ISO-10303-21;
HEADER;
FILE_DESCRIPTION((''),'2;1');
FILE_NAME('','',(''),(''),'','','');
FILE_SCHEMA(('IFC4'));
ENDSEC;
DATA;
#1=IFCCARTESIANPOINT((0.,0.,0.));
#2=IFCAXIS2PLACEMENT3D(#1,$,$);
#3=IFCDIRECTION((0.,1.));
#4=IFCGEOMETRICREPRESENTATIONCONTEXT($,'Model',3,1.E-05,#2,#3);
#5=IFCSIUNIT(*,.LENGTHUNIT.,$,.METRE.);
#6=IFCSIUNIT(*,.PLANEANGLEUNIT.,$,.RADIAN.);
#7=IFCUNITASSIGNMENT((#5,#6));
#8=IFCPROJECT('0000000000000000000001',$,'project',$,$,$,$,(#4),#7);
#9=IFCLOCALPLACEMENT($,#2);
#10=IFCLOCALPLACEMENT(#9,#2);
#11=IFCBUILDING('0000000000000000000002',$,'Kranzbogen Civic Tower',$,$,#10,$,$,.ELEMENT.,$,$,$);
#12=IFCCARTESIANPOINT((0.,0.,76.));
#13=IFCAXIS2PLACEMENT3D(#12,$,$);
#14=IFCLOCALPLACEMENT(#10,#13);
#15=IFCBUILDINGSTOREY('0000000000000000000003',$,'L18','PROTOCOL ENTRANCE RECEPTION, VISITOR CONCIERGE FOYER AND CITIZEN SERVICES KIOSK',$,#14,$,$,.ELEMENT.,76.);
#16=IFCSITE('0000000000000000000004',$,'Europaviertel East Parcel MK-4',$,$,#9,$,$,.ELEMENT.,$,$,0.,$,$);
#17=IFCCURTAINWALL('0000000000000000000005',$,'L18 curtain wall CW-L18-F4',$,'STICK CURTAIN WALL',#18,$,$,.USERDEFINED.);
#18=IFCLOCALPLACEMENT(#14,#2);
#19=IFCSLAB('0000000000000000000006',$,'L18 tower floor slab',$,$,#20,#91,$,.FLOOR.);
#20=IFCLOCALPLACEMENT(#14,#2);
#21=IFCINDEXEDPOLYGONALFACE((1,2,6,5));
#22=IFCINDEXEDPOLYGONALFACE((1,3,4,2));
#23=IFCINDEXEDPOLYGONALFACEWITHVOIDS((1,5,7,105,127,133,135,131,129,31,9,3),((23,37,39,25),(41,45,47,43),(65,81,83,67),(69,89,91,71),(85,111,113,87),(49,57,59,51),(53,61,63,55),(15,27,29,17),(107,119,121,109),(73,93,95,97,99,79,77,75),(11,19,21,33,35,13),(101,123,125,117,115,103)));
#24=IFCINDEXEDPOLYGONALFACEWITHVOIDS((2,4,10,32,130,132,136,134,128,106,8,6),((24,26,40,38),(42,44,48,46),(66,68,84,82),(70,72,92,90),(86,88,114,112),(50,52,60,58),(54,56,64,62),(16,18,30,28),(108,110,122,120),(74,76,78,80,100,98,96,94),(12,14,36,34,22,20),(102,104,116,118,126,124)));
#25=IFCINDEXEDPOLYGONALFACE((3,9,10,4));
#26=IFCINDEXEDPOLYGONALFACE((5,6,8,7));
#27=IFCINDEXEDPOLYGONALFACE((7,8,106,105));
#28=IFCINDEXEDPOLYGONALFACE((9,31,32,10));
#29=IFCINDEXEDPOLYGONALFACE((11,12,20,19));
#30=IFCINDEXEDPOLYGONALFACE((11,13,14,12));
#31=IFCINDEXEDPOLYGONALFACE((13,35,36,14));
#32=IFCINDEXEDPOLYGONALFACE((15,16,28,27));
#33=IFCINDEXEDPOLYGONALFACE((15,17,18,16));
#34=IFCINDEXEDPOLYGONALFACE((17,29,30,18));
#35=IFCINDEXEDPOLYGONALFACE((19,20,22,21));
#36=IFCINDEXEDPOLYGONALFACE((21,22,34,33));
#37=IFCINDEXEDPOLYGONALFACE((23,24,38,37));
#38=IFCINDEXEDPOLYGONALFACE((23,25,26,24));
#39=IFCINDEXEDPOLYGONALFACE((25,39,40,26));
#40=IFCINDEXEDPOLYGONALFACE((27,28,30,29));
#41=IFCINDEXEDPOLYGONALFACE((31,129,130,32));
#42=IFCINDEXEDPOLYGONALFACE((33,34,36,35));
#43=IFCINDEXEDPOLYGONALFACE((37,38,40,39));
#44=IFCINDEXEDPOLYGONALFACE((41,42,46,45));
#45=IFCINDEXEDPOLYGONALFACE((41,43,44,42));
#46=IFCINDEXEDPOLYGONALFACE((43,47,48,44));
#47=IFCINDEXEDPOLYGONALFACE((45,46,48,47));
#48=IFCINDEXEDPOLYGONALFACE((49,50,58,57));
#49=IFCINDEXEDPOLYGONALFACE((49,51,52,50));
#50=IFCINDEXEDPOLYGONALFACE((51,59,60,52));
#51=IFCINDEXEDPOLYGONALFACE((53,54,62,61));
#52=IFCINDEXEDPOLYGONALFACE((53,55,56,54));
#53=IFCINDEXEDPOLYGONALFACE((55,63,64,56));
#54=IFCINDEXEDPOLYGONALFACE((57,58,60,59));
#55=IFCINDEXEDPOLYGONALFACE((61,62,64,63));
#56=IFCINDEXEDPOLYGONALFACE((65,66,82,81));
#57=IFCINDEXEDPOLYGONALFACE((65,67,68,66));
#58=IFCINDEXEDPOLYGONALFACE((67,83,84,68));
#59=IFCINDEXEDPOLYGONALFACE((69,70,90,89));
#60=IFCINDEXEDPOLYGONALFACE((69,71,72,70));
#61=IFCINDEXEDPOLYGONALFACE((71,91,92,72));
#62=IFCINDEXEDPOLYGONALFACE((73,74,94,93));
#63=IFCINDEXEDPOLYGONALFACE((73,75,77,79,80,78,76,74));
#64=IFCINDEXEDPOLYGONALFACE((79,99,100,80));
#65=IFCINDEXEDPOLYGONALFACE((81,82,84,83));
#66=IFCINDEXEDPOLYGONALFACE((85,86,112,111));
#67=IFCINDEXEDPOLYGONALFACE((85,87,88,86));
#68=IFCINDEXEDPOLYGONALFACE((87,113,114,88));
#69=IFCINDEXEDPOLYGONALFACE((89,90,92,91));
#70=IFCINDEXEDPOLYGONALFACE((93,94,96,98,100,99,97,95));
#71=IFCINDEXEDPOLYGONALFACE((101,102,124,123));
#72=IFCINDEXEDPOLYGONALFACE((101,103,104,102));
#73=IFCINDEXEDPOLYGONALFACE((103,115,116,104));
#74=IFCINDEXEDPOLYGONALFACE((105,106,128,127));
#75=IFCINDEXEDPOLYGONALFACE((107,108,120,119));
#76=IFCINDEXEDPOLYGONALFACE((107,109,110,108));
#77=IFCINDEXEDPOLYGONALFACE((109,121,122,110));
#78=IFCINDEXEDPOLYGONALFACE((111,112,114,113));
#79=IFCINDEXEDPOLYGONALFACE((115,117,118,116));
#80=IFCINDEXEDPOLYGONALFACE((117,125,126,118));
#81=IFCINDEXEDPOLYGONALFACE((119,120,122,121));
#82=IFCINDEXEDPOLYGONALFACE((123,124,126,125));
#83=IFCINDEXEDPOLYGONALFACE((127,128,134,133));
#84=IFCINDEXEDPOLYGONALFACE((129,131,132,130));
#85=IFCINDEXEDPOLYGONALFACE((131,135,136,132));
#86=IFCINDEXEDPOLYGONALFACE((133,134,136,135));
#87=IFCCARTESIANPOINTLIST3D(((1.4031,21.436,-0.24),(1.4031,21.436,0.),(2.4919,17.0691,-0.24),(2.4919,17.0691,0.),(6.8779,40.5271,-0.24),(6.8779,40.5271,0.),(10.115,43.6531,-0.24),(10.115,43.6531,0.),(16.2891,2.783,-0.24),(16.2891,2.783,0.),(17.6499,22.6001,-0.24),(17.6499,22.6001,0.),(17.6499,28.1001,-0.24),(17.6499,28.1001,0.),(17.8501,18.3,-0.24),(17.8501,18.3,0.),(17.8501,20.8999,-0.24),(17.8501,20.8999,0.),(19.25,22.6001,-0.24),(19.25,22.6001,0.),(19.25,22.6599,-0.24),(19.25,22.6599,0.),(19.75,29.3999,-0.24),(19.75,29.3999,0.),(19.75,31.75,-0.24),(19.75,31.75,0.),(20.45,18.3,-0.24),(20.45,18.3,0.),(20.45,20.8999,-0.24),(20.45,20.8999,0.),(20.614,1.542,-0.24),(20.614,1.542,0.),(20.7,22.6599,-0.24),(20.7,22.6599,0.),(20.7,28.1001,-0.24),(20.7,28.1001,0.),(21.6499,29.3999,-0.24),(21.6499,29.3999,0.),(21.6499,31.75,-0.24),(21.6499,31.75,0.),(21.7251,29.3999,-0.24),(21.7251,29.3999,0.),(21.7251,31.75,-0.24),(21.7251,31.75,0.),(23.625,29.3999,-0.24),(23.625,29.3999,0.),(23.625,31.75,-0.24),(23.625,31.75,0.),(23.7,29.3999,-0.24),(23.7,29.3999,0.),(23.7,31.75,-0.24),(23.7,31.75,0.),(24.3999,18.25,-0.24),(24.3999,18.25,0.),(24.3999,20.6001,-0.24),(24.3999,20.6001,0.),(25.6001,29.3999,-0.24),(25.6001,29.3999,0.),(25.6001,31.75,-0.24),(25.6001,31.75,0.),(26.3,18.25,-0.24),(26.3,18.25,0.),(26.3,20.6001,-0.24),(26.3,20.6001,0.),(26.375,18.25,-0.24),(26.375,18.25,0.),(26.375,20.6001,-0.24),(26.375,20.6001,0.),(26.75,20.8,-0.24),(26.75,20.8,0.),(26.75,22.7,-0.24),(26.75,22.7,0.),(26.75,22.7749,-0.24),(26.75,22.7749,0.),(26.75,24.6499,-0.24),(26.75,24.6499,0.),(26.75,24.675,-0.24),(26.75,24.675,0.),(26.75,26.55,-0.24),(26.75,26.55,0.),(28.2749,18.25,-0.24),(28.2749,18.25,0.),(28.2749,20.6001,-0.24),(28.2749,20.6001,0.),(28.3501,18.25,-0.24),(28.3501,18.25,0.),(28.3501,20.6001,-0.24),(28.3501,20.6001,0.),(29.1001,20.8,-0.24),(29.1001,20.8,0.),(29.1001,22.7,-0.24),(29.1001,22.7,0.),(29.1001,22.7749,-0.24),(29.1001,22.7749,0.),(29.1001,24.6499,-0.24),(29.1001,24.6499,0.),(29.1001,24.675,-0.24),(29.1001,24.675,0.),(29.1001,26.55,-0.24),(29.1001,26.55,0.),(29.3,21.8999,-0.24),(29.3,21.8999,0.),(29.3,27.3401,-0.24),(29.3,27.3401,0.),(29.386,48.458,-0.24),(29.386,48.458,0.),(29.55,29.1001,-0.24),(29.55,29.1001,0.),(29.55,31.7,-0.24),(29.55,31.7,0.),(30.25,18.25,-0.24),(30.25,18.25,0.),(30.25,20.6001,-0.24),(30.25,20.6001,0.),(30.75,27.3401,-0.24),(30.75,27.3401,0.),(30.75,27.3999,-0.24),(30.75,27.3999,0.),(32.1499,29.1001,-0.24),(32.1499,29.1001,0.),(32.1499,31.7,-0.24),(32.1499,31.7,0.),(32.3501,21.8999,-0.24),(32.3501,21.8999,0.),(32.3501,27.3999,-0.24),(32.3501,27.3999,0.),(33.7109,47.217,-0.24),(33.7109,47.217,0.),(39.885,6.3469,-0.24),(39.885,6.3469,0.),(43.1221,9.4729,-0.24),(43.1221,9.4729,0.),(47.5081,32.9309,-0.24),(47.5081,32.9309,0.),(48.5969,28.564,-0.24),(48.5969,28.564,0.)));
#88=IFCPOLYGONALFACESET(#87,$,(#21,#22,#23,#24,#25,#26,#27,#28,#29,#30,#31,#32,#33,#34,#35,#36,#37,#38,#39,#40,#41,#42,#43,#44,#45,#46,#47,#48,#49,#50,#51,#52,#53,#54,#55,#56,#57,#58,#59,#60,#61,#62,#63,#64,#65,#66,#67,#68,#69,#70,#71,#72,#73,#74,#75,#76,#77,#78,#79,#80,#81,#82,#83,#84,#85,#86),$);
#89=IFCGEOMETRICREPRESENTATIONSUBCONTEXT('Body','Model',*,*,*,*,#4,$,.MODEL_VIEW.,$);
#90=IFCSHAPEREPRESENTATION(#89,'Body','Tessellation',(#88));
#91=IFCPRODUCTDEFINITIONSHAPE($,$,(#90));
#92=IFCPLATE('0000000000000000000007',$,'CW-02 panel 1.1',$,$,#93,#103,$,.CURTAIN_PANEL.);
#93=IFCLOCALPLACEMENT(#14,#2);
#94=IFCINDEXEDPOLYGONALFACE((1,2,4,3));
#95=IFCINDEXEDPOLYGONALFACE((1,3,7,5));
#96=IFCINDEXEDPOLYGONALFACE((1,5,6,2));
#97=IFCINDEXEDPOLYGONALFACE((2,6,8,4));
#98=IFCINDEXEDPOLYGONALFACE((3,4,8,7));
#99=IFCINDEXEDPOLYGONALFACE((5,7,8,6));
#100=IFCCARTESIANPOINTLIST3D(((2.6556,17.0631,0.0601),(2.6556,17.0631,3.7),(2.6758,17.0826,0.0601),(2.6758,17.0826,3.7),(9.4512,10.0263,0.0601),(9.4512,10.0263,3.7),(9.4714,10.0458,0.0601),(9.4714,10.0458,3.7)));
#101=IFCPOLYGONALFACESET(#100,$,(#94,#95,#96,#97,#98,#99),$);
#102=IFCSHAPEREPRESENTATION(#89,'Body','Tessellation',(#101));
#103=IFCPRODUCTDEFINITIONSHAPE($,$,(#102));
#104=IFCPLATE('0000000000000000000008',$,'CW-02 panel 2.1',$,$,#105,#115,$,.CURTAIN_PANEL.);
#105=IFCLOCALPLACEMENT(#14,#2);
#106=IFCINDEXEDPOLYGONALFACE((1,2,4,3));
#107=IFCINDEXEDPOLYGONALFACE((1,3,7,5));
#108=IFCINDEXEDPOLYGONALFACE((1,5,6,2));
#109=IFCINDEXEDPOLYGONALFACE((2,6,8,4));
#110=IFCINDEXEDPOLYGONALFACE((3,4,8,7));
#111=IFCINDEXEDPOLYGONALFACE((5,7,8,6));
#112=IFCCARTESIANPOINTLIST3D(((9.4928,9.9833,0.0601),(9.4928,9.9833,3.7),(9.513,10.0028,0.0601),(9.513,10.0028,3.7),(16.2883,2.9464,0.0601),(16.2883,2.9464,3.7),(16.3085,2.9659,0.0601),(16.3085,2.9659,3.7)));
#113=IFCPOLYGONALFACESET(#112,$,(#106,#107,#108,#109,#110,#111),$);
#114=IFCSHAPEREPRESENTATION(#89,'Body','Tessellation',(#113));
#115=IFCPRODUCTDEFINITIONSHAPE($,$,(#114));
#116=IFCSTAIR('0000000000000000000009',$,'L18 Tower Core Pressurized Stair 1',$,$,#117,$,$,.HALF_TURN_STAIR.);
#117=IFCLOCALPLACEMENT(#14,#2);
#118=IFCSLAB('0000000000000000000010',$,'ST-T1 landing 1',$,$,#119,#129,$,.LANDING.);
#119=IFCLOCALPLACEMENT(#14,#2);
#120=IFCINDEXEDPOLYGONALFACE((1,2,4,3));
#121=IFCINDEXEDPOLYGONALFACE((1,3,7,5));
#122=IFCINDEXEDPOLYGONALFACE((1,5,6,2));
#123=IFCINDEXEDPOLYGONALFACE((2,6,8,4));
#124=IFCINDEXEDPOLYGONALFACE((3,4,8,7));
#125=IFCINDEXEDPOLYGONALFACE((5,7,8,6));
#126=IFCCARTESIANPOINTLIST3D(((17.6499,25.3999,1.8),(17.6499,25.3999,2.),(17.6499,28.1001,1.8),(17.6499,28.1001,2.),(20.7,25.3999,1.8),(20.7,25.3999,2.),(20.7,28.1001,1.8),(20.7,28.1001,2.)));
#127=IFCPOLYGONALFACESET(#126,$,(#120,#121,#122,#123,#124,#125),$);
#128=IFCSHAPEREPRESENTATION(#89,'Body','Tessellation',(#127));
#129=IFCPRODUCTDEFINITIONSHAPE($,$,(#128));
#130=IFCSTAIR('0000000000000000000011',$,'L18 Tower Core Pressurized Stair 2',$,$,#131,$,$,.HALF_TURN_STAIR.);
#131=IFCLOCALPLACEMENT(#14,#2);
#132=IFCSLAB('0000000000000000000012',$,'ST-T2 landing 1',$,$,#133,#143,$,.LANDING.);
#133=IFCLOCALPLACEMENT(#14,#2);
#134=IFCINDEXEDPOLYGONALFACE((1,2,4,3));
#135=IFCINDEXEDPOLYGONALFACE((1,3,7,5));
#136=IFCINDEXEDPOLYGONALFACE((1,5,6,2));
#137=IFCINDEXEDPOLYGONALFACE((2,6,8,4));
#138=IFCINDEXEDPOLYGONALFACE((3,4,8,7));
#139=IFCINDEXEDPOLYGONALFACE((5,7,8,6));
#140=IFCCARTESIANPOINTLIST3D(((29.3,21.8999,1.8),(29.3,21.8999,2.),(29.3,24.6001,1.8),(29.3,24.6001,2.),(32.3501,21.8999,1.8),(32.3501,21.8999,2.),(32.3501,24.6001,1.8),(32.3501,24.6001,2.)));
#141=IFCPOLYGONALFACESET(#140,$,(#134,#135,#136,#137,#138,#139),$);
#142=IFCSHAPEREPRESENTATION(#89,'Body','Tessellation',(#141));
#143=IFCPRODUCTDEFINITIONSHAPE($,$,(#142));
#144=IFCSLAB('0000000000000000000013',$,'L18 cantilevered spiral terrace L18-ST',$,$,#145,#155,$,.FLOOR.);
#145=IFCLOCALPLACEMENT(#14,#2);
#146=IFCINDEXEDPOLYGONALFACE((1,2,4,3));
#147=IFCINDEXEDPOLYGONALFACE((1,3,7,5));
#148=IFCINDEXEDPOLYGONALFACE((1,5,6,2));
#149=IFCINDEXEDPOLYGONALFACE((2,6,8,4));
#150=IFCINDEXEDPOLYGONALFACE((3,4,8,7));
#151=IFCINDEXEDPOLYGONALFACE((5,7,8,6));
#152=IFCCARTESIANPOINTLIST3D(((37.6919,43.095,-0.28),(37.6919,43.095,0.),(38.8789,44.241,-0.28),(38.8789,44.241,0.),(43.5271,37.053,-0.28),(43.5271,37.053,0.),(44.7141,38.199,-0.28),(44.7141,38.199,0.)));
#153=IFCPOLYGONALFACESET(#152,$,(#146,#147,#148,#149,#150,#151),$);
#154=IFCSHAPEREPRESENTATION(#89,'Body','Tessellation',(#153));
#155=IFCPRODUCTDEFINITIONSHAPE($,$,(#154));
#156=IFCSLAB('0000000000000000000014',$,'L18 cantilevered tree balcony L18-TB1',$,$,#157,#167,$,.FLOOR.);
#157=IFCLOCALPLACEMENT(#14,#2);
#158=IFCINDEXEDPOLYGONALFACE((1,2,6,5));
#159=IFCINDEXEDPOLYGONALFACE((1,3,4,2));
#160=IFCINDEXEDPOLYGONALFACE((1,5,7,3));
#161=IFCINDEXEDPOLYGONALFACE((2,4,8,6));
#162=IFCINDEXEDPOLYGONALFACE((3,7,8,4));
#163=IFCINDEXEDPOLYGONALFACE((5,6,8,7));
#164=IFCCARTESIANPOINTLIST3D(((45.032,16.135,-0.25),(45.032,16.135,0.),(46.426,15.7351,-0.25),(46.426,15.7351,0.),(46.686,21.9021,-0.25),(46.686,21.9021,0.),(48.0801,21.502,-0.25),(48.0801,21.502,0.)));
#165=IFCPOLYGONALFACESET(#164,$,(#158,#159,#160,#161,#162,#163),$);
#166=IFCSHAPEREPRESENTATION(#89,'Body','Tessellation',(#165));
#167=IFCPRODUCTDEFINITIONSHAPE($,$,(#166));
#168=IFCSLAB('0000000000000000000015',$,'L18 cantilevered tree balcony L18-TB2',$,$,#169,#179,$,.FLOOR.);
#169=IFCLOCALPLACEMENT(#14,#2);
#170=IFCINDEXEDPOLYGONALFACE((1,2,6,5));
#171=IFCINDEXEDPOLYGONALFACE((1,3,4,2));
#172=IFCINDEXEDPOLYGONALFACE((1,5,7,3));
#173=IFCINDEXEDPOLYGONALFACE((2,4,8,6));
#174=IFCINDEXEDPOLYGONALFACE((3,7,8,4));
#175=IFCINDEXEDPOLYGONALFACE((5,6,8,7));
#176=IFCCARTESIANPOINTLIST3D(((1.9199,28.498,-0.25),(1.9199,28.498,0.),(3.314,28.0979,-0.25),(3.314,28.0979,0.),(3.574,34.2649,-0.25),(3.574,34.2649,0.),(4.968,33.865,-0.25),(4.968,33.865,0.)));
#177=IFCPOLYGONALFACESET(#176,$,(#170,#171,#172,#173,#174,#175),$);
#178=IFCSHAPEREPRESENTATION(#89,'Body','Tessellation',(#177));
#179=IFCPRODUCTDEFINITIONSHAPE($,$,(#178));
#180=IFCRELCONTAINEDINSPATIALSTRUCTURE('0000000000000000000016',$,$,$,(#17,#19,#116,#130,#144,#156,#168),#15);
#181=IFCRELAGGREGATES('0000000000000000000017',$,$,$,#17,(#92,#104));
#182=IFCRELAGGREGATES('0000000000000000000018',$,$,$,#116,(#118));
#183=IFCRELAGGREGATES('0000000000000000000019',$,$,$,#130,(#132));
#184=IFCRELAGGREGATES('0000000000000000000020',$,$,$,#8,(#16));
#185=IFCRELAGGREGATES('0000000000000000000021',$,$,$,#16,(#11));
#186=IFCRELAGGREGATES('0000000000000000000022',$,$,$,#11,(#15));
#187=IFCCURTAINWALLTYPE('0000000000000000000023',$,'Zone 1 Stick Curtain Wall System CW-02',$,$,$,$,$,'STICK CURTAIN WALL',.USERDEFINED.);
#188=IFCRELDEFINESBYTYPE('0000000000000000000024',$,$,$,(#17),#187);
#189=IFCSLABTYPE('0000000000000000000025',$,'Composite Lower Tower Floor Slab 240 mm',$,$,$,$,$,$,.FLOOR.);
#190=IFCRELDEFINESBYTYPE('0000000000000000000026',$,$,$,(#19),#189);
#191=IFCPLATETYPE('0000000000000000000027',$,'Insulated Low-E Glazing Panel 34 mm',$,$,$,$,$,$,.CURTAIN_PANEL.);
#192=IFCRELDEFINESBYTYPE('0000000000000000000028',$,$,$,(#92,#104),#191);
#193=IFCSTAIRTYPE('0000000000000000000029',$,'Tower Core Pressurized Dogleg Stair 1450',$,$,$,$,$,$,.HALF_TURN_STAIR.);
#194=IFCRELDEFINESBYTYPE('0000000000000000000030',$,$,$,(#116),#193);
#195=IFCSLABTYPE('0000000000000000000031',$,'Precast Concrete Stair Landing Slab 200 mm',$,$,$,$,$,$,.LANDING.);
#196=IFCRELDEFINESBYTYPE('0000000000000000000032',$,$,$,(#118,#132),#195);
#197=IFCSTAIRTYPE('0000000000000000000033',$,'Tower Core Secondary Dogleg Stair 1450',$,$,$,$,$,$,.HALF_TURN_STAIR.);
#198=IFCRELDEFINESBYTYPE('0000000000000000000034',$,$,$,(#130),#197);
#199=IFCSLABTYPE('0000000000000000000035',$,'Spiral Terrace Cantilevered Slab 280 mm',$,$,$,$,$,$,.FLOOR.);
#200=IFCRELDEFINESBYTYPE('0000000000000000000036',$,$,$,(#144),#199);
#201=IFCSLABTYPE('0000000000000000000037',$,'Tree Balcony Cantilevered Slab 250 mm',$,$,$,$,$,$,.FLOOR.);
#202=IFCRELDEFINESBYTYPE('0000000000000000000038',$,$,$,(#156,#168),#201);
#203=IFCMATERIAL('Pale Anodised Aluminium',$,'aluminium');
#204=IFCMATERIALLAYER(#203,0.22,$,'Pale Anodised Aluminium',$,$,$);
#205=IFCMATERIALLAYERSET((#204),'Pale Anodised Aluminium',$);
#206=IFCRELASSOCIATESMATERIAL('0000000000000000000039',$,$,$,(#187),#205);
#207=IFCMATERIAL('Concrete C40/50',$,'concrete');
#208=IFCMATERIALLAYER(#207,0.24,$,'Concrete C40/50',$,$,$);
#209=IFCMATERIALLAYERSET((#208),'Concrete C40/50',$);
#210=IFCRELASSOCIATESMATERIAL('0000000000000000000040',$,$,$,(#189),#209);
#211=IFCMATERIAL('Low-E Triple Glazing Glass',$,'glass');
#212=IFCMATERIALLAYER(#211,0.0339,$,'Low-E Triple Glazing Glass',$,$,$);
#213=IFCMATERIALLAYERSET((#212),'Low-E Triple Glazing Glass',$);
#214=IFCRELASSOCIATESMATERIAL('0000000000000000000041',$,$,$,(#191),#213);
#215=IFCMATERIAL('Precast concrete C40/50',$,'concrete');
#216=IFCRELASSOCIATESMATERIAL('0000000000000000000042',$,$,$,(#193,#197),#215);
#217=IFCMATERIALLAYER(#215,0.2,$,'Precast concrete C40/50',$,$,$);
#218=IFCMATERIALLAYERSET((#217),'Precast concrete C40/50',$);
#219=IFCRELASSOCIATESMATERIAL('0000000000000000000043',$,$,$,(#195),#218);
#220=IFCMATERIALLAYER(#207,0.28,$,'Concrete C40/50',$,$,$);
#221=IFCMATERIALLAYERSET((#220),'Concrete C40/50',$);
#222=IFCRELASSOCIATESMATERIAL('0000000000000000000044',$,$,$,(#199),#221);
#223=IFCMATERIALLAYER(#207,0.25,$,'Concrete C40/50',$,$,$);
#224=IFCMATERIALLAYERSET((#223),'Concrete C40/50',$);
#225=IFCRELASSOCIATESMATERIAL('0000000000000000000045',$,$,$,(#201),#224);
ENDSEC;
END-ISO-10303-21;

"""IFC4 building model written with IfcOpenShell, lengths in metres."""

from ifc_helpers import new_model, si_unit, direction, frame, origin, origin_2d, place, context, subcontext, project, spatial, polyline, rectangle, outline, extrude, material, layer, layer_set, type_object, element, aggregate, save


model = new_model("IFC4")

# Units and contexts
model_context = context("Model", 3, precision=1e-05, world=origin(), true_north=direction((0.0, 1.0)))
body_context = subcontext(model_context, "Body", "Model", "MODEL_VIEW")
ifc_project = project(units=[si_unit("LENGTHUNIT", "METRE"), si_unit("PLANEANGLEUNIT", "RADIAN")], contexts=[model_context])

# Site, building, storey
site_placement = place(None, origin())
site = spatial("IfcSite", under=ifc_project, at=site_placement, Name="Europaviertel East Parcel MK-4", CompositionType="ELEMENT", RefElevation=0.0)
building_placement = place(site_placement, origin())
building = spatial("IfcBuilding", under=site, at=building_placement, Name="Kranzbogen Civic Tower", CompositionType="ELEMENT")
storey_placement = place(building_placement, frame((0.0, 0.0, 76.0)))
storey = spatial("IfcBuildingStorey", under=building, at=storey_placement, Name="L18", Description="PROTOCOL ENTRANCE RECEPTION, VISITOR CONCIERGE FOYER AND CITIZEN SERVICES KIOSK", CompositionType="ELEMENT", Elevation=76.0)

# Curtain wall
ifc_material_1 = material(Name="Pale Anodised Aluminium", Category="aluminium")
ifc_layer_1 = layer(ifc_material_1, 0.22, Name="Pale Anodised Aluminium")
ifc_layer_set_1 = layer_set([ifc_layer_1], Name="Pale Anodised Aluminium")
curtain_wall_type = type_object("IfcCurtainWallType", Name="Zone 1 Stick Curtain Wall System CW-02", ElementType="STICK CURTAIN WALL", PredefinedType="USERDEFINED", material=ifc_layer_set_1)
curtain_wall_1_placement = place(storey_placement, origin())
curtain_wall_1 = element("IfcCurtainWall", 1, at=curtain_wall_1_placement, inside=storey, type_object=curtain_wall_type, Name="L18 curtain wall CW-L18-F4", ObjectType="STICK CURTAIN WALL", PredefinedType="USERDEFINED")

# Slab
ifc_material_2 = material(Name="Concrete C40/50", Category="concrete")
ifc_layer_2 = layer(ifc_material_2, 0.24, Name="Concrete C40/50")
ifc_layer_set_2 = layer_set([ifc_layer_2], Name="Concrete C40/50")
slab_type_1 = type_object("IfcSlabType", Name="Composite Lower Tower Floor Slab 240 mm", PredefinedType="FLOOR", material=ifc_layer_set_2)
slab_1_placement = place(storey_placement, frame((0.0, 0.0, -0.24)))
element("IfcSlab", 2, at=slab_1_placement, inside=storey, type_object=slab_type_1, Name="L18 tower floor slab", PredefinedType="FLOOR", context=body_context, shape_type="SweptSolid", body=[
    extrude(outline(polyline([(47.5081, 32.9309), (33.7109, 47.217), (29.386, 48.458), (10.115, 43.6531), (6.8779, 40.5271), (1.4031, 21.436), (2.4919, 17.0691), (16.2891, 2.783), (20.614, 1.542), (39.885, 6.3469), (43.1221, 9.4729), (48.5969, 28.564), (47.5081, 32.9309)]), holes=[polyline([(26.3, 20.6001), (26.3, 18.25), (24.3999, 18.25), (24.3999, 20.6001), (26.3, 20.6001)]), polyline([(28.2749, 18.25), (26.375, 18.25), (26.375, 20.6001), (28.2749, 20.6001), (28.2749, 18.25)]), polyline([(20.45, 18.3), (17.8501, 18.3), (17.8501, 20.8999), (20.45, 20.8999), (20.45, 18.3)]), polyline([(20.7, 22.6599), (19.25, 22.6599), (19.25, 22.6001), (17.6499, 22.6001), (17.6499, 28.1001), (20.7, 28.1001), (20.7, 22.6599)]), polyline([(21.6499, 29.3999), (19.75, 29.3999), (19.75, 31.75), (21.6499, 31.75), (21.6499, 29.3999)]), polyline([(23.625, 29.3999), (21.7251, 29.3999), (21.7251, 31.75), (23.625, 31.75), (23.625, 29.3999)]), polyline([(25.6001, 31.75), (25.6001, 29.3999), (23.7, 29.3999), (23.7, 31.75), (25.6001, 31.75)]), polyline([(30.25, 18.25), (28.3501, 18.25), (28.3501, 20.6001), (30.25, 20.6001), (30.25, 18.25)]), polyline([(29.1001, 20.8), (26.75, 20.8), (26.75, 22.7), (29.1001, 22.7), (29.1001, 20.8)]), polyline([(26.75, 26.55), (29.1001, 26.55), (29.1001, 24.675), (29.1001, 24.6499), (29.1001, 22.7749), (26.75, 22.7749), (26.75, 24.6499), (26.75, 24.675), (26.75, 26.55)]), polyline([(30.75, 27.3401), (30.75, 27.3999), (32.3501, 27.3999), (32.3501, 21.8999), (29.3, 21.8999), (29.3, 27.3401), (30.75, 27.3401)]), polyline([(32.1499, 29.1001), (29.55, 29.1001), (29.55, 31.7), (32.1499, 31.7), (32.1499, 29.1001)])]), origin(), (0.0, 0.0, 1.0), 0.24),
])

# Plates
ifc_material_3 = material(Name="Low-E Triple Glazing Glass", Category="glass")
ifc_layer_3 = layer(ifc_material_3, 0.0339, Name="Low-E Triple Glazing Glass")
ifc_layer_set_3 = layer_set([ifc_layer_3], Name="Low-E Triple Glazing Glass")
plate_type = type_object("IfcPlateType", Name="Insulated Low-E Glazing Panel 34 mm", PredefinedType="CURTAIN_PANEL", material=ifc_layer_set_3)
plate_1_placement = place(storey_placement, frame((6.0635, 13.5544, 0.0601), z_axis=(0.0, 0.0, 1.0), x_axis=(0.694667, -0.719332, 0.0)))
plate_1 = element("IfcPlate", 3, at=plate_1_placement, type_object=plate_type, Name="CW-02 panel 1.1", PredefinedType="CURTAIN_PANEL", context=body_context, shape_type="SweptSolid", body=[
    extrude(rectangle(XDim=9.7825, YDim=0.0281, at=origin_2d()), origin(), (0.0, 0.0, 1.0), 3.6399),
])
plate_2_placement = place(storey_placement, frame((12.9006, 6.4746, 0.0601), z_axis=(0.0, 0.0, 1.0), x_axis=(0.694667, -0.719332, 0.0)))
plate_2 = element("IfcPlate", 4, at=plate_2_placement, type_object=plate_type, Name="CW-02 panel 2.1", PredefinedType="CURTAIN_PANEL", context=body_context, shape_type="SweptSolid", body=[
    extrude(rectangle(XDim=9.7825, YDim=0.0281, at=origin_2d()), origin(), (0.0, 0.0, 1.0), 3.6399),
])
aggregate(curtain_wall_1, [plate_1, plate_2])

# Stairs, slabs
ifc_material_4 = material(Name="Precast concrete C40/50", Category="concrete")
stair_type_1 = type_object("IfcStairType", Name="Tower Core Pressurized Dogleg Stair 1450", PredefinedType="HALF_TURN_STAIR", material=ifc_material_4)
stair_1_placement = place(storey_placement, origin())
stair_1 = element("IfcStair", 5, at=stair_1_placement, inside=storey, type_object=stair_type_1, Name="L18 Tower Core Pressurized Stair 1", PredefinedType="HALF_TURN_STAIR")
ifc_layer_4 = layer(ifc_material_4, 0.2, Name="Precast concrete C40/50")
ifc_layer_set_4 = layer_set([ifc_layer_4], Name="Precast concrete C40/50")
slab_type_2 = type_object("IfcSlabType", Name="Precast Concrete Stair Landing Slab 200 mm", PredefinedType="LANDING", material=ifc_layer_set_4)
slab_2_placement = place(storey_placement, frame((0.0, 0.0, 1.8)))
slab_2 = element("IfcSlab", 6, at=slab_2_placement, type_object=slab_type_2, Name="ST-T1 landing 1", PredefinedType="LANDING", context=body_context, shape_type="SweptSolid", body=[
    extrude(outline(polyline([(20.7, 25.3999), (20.7, 28.1001), (17.6499, 28.1001), (17.6499, 25.3999), (20.7, 25.3999)])), origin(), (0.0, 0.0, 1.0), 0.2),
])
aggregate(stair_1, [slab_2])
stair_type_2 = type_object("IfcStairType", Name="Tower Core Secondary Dogleg Stair 1450", PredefinedType="HALF_TURN_STAIR", material=ifc_material_4)
stair_2_placement = place(storey_placement, origin())
stair_2 = element("IfcStair", 7, at=stair_2_placement, inside=storey, type_object=stair_type_2, Name="L18 Tower Core Pressurized Stair 2", PredefinedType="HALF_TURN_STAIR")
slab_3_placement = place(storey_placement, frame((0.0, 0.0, 1.8)))
slab_3 = element("IfcSlab", 8, at=slab_3_placement, type_object=slab_type_2, Name="ST-T2 landing 1", PredefinedType="LANDING", context=body_context, shape_type="SweptSolid", body=[
    extrude(outline(polyline([(29.3, 24.6001), (29.3, 21.8999), (32.3501, 21.8999), (32.3501, 24.6001), (29.3, 24.6001)])), origin(), (0.0, 0.0, 1.0), 0.2),
])
aggregate(stair_2, [slab_3])

# Slabs
ifc_layer_5 = layer(ifc_material_2, 0.28, Name="Concrete C40/50")
ifc_layer_set_5 = layer_set([ifc_layer_5], Name="Concrete C40/50")
slab_type_3 = type_object("IfcSlabType", Name="Spiral Terrace Cantilevered Slab 280 mm", PredefinedType="FLOOR", material=ifc_layer_set_5)
slab_4_placement = place(storey_placement, frame((0.0, 0.0, -0.28)))
element("IfcSlab", 9, at=slab_4_placement, inside=storey, type_object=slab_type_3, Name="L18 cantilevered spiral terrace L18-ST", PredefinedType="FLOOR", context=body_context, shape_type="SweptSolid", body=[
    extrude(outline(polyline([(43.5271, 37.053), (37.6919, 43.095), (38.8789, 44.241), (44.7141, 38.199), (43.5271, 37.053)])), origin(), (0.0, 0.0, 1.0), 0.28),
])
ifc_layer_6 = layer(ifc_material_2, 0.25, Name="Concrete C40/50")
ifc_layer_set_6 = layer_set([ifc_layer_6], Name="Concrete C40/50")
slab_type_4 = type_object("IfcSlabType", Name="Tree Balcony Cantilevered Slab 250 mm", PredefinedType="FLOOR", material=ifc_layer_set_6)
slab_5_placement = place(storey_placement, frame((0.0, 0.0, -0.25)))
element("IfcSlab", 10, at=slab_5_placement, inside=storey, type_object=slab_type_4, Name="L18 cantilevered tree balcony L18-TB1", PredefinedType="FLOOR", context=body_context, shape_type="SweptSolid", body=[
    extrude(outline(polyline([(45.032, 16.135), (46.686, 21.9021), (48.0801, 21.502), (46.426, 15.7351), (45.032, 16.135)])), origin(), (0.0, 0.0, 1.0), 0.25),
])
slab_6_placement = place(storey_placement, frame((0.0, 0.0, -0.25)))
element("IfcSlab", 11, at=slab_6_placement, inside=storey, type_object=slab_type_4, Name="L18 cantilevered tree balcony L18-TB2", PredefinedType="FLOOR", context=body_context, shape_type="SweptSolid", body=[
    extrude(outline(polyline([(4.968, 33.865), (3.314, 28.0979), (1.9199, 28.498), (3.574, 34.2649), (4.968, 33.865)])), origin(), (0.0, 0.0, 1.0), 0.25),
])

save(model, "model.ifc")
